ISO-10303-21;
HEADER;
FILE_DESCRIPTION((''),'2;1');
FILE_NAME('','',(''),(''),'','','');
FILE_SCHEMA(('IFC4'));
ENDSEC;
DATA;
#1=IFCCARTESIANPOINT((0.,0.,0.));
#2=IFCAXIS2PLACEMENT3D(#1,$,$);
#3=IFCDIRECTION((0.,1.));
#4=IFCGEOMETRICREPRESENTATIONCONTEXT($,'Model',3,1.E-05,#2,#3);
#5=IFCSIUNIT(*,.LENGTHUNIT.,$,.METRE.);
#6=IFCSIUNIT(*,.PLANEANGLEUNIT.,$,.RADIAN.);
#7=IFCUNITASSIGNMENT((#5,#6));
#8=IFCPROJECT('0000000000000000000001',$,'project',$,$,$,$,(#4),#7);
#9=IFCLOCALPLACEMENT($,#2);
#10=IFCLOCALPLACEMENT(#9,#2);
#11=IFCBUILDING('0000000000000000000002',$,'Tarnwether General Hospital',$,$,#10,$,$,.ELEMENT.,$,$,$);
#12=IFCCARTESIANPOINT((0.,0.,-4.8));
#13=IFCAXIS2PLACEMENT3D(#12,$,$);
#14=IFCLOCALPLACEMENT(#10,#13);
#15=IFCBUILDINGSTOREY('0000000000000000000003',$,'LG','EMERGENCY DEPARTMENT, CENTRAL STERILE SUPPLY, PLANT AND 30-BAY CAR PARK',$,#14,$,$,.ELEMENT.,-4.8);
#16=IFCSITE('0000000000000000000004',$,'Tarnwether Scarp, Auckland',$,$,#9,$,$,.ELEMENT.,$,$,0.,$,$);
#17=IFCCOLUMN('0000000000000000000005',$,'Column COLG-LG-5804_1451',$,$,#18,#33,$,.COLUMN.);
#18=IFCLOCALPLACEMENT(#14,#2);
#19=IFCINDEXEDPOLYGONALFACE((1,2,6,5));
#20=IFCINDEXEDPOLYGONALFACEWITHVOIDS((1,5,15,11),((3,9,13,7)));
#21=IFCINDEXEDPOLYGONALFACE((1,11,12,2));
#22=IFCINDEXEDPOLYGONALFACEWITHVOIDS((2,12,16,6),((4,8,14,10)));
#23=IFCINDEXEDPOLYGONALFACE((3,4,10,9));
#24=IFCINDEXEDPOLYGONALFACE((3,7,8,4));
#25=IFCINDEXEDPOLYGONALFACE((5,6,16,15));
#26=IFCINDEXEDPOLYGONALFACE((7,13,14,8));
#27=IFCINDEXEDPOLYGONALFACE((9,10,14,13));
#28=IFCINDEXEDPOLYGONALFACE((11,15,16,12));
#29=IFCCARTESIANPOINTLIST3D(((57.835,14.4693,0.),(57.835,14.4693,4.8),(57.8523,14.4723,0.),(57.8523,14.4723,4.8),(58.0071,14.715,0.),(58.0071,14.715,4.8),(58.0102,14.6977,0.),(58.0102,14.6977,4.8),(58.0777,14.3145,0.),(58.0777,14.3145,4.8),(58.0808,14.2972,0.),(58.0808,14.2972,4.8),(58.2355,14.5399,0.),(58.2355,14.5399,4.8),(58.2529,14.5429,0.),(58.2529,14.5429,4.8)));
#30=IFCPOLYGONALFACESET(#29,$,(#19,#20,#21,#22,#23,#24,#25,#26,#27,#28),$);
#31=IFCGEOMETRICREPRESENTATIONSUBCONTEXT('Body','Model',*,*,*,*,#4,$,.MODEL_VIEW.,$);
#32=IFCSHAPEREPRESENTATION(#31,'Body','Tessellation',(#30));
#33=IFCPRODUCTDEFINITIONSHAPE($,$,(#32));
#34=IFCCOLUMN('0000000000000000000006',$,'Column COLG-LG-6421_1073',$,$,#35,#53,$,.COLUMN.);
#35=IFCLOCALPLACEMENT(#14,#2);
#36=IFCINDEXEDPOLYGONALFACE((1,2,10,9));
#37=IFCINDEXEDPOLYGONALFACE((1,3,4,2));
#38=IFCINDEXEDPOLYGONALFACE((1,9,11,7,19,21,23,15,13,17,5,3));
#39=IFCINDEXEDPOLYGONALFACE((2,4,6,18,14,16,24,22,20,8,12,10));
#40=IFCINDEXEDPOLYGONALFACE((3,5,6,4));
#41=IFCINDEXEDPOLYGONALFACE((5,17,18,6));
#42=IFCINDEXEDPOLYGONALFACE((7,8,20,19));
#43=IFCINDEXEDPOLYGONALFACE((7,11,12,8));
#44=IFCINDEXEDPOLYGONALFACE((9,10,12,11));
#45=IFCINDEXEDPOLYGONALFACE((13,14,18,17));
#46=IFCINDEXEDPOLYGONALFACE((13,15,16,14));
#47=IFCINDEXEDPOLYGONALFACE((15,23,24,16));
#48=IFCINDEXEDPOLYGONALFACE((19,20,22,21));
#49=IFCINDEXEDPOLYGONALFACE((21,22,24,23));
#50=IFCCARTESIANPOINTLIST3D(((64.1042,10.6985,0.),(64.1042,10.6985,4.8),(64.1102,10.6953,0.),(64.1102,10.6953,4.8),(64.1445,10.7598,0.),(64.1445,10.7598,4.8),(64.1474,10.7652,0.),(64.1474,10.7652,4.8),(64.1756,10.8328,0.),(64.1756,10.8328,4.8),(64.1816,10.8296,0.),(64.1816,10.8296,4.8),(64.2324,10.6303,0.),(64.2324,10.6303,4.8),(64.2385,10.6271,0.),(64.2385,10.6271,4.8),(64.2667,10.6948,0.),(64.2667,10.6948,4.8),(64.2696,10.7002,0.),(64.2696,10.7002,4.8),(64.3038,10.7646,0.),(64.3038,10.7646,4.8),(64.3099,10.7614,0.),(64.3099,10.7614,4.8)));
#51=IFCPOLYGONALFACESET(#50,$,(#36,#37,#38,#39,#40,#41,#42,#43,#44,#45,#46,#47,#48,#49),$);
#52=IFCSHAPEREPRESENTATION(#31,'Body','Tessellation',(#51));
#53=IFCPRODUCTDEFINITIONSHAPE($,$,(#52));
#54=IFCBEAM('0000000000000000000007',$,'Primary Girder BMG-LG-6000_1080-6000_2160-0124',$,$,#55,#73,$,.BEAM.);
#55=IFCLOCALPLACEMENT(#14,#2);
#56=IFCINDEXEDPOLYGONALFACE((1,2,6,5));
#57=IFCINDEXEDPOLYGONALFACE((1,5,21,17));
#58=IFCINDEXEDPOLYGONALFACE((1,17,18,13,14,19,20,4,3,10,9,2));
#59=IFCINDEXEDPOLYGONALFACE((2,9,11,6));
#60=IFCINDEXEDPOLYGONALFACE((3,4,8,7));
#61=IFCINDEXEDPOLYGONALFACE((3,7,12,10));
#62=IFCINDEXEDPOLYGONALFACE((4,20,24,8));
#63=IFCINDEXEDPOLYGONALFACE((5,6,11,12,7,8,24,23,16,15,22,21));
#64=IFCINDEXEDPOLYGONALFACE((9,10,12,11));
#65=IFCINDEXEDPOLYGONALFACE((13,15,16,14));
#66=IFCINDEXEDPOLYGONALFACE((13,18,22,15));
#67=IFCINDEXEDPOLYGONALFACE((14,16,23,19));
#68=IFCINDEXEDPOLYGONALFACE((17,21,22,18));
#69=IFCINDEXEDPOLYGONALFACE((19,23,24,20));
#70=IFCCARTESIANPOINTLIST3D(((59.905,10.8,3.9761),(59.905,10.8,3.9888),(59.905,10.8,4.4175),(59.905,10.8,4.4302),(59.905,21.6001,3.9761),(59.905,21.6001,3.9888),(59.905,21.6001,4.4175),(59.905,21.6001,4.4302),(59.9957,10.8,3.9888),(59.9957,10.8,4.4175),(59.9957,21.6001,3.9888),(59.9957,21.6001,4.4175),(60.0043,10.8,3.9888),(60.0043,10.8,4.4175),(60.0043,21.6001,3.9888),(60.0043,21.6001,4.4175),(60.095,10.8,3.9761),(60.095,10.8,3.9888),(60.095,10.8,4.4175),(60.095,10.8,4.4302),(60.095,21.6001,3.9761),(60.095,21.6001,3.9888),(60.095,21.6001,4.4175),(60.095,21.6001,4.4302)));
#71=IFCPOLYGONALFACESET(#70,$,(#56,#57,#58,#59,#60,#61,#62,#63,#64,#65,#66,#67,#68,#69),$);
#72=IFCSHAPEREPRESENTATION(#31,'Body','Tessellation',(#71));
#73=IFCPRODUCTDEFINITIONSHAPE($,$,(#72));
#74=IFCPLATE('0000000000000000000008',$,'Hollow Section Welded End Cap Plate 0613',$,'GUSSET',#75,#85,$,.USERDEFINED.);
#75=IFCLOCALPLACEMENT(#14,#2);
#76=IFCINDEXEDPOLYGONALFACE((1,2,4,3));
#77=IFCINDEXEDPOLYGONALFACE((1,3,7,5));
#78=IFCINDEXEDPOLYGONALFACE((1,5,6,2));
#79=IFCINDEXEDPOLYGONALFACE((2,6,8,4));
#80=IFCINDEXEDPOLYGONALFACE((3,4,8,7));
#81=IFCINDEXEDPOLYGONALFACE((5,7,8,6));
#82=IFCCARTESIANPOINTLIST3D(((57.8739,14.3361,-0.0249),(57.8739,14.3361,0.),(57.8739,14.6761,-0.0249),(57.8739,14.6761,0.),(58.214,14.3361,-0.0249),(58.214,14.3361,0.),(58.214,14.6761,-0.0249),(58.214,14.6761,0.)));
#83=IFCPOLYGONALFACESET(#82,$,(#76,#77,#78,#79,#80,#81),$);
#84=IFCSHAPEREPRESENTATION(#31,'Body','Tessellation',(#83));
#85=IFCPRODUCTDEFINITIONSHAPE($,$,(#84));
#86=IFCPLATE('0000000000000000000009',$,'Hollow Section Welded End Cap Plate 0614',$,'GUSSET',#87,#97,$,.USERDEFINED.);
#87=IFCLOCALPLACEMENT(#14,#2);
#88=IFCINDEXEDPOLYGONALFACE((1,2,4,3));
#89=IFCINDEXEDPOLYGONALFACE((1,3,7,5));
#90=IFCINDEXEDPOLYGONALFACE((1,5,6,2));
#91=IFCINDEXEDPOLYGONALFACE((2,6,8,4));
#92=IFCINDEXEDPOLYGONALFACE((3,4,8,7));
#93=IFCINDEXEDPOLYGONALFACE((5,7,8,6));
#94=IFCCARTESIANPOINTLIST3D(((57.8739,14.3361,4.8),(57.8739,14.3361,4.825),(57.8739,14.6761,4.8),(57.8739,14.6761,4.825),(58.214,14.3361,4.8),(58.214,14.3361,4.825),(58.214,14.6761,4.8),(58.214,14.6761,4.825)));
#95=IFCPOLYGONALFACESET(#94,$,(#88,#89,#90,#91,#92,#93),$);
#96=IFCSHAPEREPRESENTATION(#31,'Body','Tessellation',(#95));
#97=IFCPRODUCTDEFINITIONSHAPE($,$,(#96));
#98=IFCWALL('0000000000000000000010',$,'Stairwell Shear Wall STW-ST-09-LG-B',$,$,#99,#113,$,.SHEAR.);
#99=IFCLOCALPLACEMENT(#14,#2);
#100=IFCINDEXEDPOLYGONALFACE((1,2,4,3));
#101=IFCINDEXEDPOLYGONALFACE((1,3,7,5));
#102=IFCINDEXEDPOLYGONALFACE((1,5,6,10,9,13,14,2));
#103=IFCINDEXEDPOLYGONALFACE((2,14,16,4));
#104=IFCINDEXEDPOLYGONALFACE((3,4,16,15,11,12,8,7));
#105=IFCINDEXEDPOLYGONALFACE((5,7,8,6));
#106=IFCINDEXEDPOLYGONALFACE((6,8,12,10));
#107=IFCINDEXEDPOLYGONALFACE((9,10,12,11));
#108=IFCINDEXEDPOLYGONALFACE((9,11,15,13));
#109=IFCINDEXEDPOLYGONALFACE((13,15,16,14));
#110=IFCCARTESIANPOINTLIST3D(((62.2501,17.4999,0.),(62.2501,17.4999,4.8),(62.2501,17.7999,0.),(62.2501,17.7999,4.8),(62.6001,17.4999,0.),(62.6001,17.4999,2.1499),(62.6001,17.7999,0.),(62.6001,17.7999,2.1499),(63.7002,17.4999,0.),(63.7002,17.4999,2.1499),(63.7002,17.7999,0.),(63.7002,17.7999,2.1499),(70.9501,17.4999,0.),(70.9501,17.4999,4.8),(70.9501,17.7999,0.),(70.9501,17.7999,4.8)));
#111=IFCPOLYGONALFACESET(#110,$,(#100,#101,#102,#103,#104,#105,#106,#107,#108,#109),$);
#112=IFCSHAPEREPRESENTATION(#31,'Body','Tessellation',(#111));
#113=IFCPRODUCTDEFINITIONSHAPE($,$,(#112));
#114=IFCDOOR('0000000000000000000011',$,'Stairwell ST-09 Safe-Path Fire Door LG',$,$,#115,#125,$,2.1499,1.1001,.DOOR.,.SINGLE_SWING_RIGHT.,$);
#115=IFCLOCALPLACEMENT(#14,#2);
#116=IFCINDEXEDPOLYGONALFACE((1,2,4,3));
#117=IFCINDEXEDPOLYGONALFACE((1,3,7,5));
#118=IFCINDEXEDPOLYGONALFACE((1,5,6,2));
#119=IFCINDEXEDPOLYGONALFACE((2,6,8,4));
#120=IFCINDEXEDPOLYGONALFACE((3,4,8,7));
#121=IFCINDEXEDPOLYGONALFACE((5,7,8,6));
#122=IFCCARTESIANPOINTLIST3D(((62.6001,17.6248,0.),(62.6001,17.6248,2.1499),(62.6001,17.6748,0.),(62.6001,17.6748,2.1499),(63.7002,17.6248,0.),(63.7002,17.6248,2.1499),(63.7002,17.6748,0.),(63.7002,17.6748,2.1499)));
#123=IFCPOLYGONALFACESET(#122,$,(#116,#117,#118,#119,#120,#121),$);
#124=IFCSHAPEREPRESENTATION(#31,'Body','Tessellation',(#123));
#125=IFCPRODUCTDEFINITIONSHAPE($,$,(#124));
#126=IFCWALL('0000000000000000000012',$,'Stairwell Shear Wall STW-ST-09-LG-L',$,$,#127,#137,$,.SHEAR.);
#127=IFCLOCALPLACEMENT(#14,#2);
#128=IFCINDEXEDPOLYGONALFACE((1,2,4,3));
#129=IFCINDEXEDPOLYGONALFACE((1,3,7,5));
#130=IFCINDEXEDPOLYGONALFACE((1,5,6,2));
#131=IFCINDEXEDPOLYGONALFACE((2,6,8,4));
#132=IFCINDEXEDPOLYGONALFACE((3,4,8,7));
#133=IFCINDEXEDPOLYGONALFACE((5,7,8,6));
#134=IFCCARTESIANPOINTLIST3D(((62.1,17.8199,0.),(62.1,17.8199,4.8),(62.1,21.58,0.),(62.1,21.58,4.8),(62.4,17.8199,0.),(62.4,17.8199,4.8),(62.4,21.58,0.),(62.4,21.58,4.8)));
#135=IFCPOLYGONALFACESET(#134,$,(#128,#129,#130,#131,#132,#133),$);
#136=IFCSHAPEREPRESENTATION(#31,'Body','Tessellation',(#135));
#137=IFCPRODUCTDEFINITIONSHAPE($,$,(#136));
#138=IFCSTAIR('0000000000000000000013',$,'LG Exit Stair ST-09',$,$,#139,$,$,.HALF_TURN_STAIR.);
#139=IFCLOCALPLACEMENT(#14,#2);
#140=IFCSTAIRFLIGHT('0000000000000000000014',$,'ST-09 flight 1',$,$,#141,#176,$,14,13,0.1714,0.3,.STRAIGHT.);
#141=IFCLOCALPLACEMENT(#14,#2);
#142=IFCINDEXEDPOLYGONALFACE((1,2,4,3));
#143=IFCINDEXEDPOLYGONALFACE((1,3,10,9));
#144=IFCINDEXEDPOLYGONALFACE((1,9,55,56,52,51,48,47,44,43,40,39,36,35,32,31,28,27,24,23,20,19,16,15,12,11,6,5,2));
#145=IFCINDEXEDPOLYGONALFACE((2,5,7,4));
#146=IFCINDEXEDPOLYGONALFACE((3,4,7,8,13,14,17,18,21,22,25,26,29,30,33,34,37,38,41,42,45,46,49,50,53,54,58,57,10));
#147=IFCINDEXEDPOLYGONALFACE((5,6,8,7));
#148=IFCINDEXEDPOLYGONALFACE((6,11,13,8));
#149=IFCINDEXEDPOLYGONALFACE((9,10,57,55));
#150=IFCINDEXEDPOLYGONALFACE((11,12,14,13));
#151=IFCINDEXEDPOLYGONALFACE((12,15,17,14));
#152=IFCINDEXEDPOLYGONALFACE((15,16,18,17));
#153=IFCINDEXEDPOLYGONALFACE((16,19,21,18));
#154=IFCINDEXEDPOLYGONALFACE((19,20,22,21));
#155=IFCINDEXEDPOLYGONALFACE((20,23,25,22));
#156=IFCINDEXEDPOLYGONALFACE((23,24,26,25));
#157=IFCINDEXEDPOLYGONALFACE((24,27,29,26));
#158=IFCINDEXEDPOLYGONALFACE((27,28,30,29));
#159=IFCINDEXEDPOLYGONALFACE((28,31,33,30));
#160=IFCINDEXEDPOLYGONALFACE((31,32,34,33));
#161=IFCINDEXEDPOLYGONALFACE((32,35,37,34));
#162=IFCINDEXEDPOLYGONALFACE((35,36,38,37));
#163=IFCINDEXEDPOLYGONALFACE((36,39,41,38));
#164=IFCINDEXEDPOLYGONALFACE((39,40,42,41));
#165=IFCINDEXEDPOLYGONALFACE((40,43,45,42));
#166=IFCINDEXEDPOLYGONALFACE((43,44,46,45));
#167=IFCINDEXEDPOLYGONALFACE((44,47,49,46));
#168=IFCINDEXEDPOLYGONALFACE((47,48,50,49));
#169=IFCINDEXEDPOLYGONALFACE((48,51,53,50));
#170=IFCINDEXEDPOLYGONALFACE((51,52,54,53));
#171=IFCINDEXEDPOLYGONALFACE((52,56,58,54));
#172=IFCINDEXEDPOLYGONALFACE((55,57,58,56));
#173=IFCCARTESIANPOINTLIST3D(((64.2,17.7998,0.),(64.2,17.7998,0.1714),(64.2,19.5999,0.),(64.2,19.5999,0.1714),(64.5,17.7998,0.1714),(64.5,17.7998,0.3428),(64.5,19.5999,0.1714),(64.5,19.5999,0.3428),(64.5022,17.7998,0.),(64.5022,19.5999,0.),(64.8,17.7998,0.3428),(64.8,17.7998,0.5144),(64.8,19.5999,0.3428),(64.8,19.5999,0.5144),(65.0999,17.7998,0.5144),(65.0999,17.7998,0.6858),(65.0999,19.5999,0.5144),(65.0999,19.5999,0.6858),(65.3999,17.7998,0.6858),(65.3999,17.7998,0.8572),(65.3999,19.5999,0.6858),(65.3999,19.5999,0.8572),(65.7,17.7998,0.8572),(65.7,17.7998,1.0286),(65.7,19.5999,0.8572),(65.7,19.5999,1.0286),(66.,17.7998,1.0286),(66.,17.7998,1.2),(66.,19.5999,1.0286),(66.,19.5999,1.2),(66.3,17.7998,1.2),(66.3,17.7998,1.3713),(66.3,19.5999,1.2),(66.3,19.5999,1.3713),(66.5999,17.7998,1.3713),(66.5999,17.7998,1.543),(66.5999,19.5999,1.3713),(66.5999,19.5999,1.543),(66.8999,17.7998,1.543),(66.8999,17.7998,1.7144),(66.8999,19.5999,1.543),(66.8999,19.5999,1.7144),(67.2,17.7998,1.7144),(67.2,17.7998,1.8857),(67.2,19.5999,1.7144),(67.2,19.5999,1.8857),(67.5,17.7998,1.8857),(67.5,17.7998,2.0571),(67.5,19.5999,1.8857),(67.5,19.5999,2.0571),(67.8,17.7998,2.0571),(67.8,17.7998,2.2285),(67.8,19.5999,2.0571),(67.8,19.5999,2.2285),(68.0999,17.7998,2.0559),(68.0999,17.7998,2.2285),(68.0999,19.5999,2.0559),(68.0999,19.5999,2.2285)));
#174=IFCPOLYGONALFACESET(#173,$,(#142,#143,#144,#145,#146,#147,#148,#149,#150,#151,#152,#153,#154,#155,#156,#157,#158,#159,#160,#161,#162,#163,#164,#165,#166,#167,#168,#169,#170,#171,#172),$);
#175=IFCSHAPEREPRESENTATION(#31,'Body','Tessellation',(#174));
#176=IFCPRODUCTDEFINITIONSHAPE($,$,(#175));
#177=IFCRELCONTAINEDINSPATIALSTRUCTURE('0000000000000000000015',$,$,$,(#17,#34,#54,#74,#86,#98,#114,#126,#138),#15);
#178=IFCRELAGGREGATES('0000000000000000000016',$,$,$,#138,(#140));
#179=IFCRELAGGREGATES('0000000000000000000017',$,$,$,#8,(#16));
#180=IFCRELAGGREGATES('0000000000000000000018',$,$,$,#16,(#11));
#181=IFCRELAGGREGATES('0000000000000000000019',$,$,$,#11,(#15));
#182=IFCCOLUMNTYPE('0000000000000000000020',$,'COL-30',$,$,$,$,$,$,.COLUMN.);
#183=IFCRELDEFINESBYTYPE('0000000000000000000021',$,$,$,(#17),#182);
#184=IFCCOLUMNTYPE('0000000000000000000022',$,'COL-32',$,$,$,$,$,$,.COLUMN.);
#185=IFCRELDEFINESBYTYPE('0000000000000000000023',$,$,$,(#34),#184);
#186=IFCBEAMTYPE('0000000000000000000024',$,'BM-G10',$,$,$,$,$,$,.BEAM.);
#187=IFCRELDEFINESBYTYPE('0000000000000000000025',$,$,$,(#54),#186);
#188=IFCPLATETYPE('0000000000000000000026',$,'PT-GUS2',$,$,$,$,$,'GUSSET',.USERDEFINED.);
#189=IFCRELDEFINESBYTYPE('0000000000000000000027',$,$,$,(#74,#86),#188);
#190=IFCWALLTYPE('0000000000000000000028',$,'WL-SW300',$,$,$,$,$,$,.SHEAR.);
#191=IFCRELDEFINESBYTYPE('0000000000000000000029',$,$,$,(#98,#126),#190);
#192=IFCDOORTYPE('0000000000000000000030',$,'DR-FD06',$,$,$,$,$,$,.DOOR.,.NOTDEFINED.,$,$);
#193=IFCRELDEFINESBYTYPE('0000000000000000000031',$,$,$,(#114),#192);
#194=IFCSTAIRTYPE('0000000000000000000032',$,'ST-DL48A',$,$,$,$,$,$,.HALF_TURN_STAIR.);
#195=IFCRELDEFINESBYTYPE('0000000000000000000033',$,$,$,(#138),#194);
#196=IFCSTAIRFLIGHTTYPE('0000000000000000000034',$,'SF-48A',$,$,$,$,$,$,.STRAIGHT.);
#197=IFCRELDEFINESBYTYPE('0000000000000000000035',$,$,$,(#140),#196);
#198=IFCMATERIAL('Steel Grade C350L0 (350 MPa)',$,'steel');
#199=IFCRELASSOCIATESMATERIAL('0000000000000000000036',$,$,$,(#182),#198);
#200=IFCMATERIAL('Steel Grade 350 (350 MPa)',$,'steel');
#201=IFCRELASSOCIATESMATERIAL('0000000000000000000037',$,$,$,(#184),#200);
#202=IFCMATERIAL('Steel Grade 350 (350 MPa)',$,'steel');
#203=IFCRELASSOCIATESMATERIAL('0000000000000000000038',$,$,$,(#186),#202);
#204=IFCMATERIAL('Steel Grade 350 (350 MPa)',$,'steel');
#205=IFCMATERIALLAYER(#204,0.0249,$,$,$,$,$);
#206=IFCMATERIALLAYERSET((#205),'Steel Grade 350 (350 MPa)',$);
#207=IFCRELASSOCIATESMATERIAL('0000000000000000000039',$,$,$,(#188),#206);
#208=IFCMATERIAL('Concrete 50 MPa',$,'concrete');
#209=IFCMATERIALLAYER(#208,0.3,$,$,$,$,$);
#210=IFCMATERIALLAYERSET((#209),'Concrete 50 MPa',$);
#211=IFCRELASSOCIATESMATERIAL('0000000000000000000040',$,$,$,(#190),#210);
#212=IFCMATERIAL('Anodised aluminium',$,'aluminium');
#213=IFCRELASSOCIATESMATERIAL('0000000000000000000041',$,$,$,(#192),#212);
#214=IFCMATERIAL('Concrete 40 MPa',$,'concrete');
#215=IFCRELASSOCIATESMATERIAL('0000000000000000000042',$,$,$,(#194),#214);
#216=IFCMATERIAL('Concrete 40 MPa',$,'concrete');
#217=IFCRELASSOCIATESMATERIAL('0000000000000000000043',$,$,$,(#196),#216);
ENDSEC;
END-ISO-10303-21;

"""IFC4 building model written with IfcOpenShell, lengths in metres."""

from ifc_helpers import new_model, si_unit, direction, frame, frame_2d, origin, origin_2d, place, context, subcontext, project, spatial, polyline, rectangle, hollow_rectangle, i_section, outline, extrude, material, layer, layer_set, material_profile, profile_set, type_object, element, fill, aggregate, save


model = new_model("IFC4")

# Units and contexts
model_context = context("Model", 3, precision=1e-05, world=origin(), true_north=direction((0.0, 1.0)))
body_context = subcontext(model_context, "Body", "Model", "MODEL_VIEW")
ifc_project = project(units=[si_unit("LENGTHUNIT", "METRE"), si_unit("PLANEANGLEUNIT", "RADIAN")], contexts=[model_context])

# Site, building, storey
site_placement = place(None, origin())
site = spatial("IfcSite", under=ifc_project, at=site_placement, Name="Tarnwether Scarp, Auckland", CompositionType="ELEMENT", RefElevation=0.0)
building_placement = place(site_placement, origin())
building = spatial("IfcBuilding", under=site, at=building_placement, Name="Tarnwether General Hospital", CompositionType="ELEMENT")
storey_placement = place(building_placement, frame((0.0, 0.0, -4.8)))
storey = spatial("IfcBuildingStorey", under=building, at=storey_placement, Name="LG", Description="EMERGENCY DEPARTMENT, CENTRAL STERILE SUPPLY, PLANT AND 30-BAY CAR PARK", CompositionType="ELEMENT", Elevation=-4.8)

# Columns
ifc_material_1 = material(Name="Steel Grade C350L0 (350 MPa)", Category="steel")
ifc_material_profile_1 = material_profile(ifc_material_1, hollow_rectangle(XDim=0.3, YDim=0.3, WallThickness=0.0125, at=origin_2d()), Name="SHS300x300x12.5")
ifc_profile_set_1 = profile_set([ifc_material_profile_1], Name="Steel Grade C350L0 (350 MPa)")
column_type_1 = type_object("IfcColumnType", Name="COL-30", PredefinedType="COLUMN", material=ifc_profile_set_1)
column_1_placement = place(storey_placement, frame((58.0439, 14.5061, 0.0), z_axis=(0.0, 0.0, 1.0), x_axis=(0.573576, 0.819152, 0.0)))
element("IfcColumn", 1, at=column_1_placement, inside=storey, type_object=column_type_1, Name="Column COLG-LG-5804_1451", PredefinedType="COLUMN", context=body_context, shape_type="SweptSolid", body=[
    extrude(hollow_rectangle(XDim=0.3, YDim=0.3, WallThickness=0.0125, at=origin_2d()), origin(), (0.0, 0.0, 1.0), 4.8),
])
ifc_material_2 = material(Name="Steel Grade 350 (350 MPa)", Category="steel")
ifc_material_profile_2 = material_profile(ifc_material_2, i_section(OverallWidth=0.1521, OverallDepth=0.1521, WebThickness=0.0061, FlangeThickness=0.0068, at=origin_2d()), Name="150UC23.4")
ifc_profile_set_2 = profile_set([ifc_material_profile_2], Name="Steel Grade 350 (350 MPa)")
column_type_2 = type_object("IfcColumnType", Name="COL-32", PredefinedType="COLUMN", material=ifc_profile_set_2)
column_2_placement = place(storey_placement, frame((64.207, 10.73, 0.0), z_axis=(0.0, 0.0, 1.0), x_axis=(0.469472, 0.882948, 0.0)))
element("IfcColumn", 2, at=column_2_placement, inside=storey, type_object=column_type_2, Name="Column COLG-LG-6421_1073", PredefinedType="COLUMN", context=body_context, shape_type="SweptSolid", body=[
    extrude(i_section(OverallWidth=0.1521, OverallDepth=0.1521, WebThickness=0.0061, FlangeThickness=0.0068, at=origin_2d()), origin(), (0.0, 0.0, 1.0), 4.8),
])

# Beam
ifc_material_3 = material(Name="Steel Grade 350 (350 MPa)", Category="steel")
ifc_material_profile_3 = material_profile(ifc_material_3, i_section(OverallWidth=0.1899, OverallDepth=0.4541, WebThickness=0.0085, FlangeThickness=0.0127, at=origin_2d()), Name="460UB67.1")
ifc_profile_set_3 = profile_set([ifc_material_profile_3], Name="Steel Grade 350 (350 MPa)")
beam_type = type_object("IfcBeamType", Name="BM-G10", PredefinedType="BEAM", material=ifc_profile_set_3)
beam_placement = place(storey_placement, frame((60.0, 10.8, 4.2031), z_axis=(0.0, 1.0, 0.0), x_axis=(-1.0, 0.0, 0.0)))
element("IfcBeam", 3, at=beam_placement, inside=storey, type_object=beam_type, Name="Primary Girder BMG-LG-6000_1080-6000_2160-0124", PredefinedType="BEAM", context=body_context, shape_type="SweptSolid", body=[
    extrude(i_section(OverallWidth=0.1899, OverallDepth=0.4541, WebThickness=0.0085, FlangeThickness=0.0127, at=origin_2d()), origin(), (0.0, 0.0, 1.0), 10.8),
])

# Plates
ifc_material_4 = material(Name="Steel Grade 350 (350 MPa)", Category="steel")
ifc_layer_1 = layer(ifc_material_4, 0.0249)
ifc_layer_set_1 = layer_set([ifc_layer_1], Name="Steel Grade 350 (350 MPa)")
plate_type = type_object("IfcPlateType", Name="PT-GUS2", ElementType="GUSSET", PredefinedType="USERDEFINED", material=ifc_layer_set_1)
for number, where, z_axis, x_axis, name in (
    (4, (58.0439, 14.5061, -0.0249), (0.0, 0.0, 1.0), (1.0, 0.0, 0.0), "Hollow Section Welded End Cap Plate 0613"),
    (5, (58.0439, 14.5061, 4.8), (0.0, 0.0, 1.0), (1.0, 0.0, 0.0), "Hollow Section Welded End Cap Plate 0614"),
):
    element("IfcPlate", number, at=place(storey_placement, frame(where, z_axis=z_axis, x_axis=x_axis)), inside=storey, type_object=plate_type, Name=name, ObjectType="GUSSET", PredefinedType="USERDEFINED", context=body_context, shape_type="SweptSolid", body=[
        extrude(rectangle(XDim=0.3401, YDim=0.3401, at=origin_2d()), origin(), (0.0, 0.0, 1.0), 0.0249),
    ])

# Wall, opening, door
ifc_material_5 = material(Name="Concrete 50 MPa", Category="concrete")
ifc_layer_2 = layer(ifc_material_5, 0.3)
ifc_layer_set_2 = layer_set([ifc_layer_2], Name="Concrete 50 MPa")
wall_type = type_object("IfcWallType", Name="WL-SW300", PredefinedType="SHEAR", material=ifc_layer_set_2)
wall_1_placement = place(storey_placement, frame((62.25, 17.6499, 0.0), z_axis=(0.0, 0.0, 1.0), x_axis=(1.0, 0.0, 0.0)))
wall_1 = element("IfcWall", 6, at=wall_1_placement, inside=storey, type_object=wall_type, Name="Stairwell Shear Wall STW-ST-09-LG-B", PredefinedType="SHEAR", context=body_context, shape_type="SweptSolid", body=[
    extrude(rectangle(XDim=8.7, YDim=0.3, at=frame_2d((4.3501, 0.0))), origin(), (0.0, 0.0, 1.0), 4.8),
])
opening_placement = place(wall_1_placement, frame((0.3501, 0.0, 0.0)))
opening = element("IfcOpeningElement", 7, at=opening_placement, cuts=wall_1, PredefinedType="OPENING", context=body_context, shape_type="SweptSolid", body=[
    extrude(rectangle(XDim=1.1001, YDim=2.1499, at=frame_2d((0.55, 1.075))), frame((0.0, 0.1602, 0.0), z_axis=(0.0, -1.0, 0.0), x_axis=(1.0, 0.0, 0.0)), (0.0, 0.0, 1.0), 0.3201),
])
ifc_material_6 = material(Name="Anodised aluminium", Category="aluminium")
door_type = type_object("IfcDoorType", Name="DR-FD06", OperationType="NOTDEFINED", PredefinedType="DOOR", material=ifc_material_6)
door_placement = place(opening_placement, origin())
door = element("IfcDoor", 8, at=door_placement, inside=storey, type_object=door_type, Name="Stairwell ST-09 Safe-Path Fire Door LG", OperationType="SINGLE_SWING_RIGHT", OverallHeight=2.1499, OverallWidth=1.1001, PredefinedType="DOOR", context=body_context, shape_type="SweptSolid", body=[
    extrude(rectangle(XDim=1.1001, YDim=2.1499, at=frame_2d((0.55, 1.075))), frame((0.0, 0.0249, 0.0), z_axis=(0.0, -1.0, 0.0), x_axis=(1.0, 0.0, 0.0)), (0.0, 0.0, 1.0), 0.05),
])
fill(opening, door)

# Wall
wall_2_placement = place(storey_placement, frame((62.25, 17.8201, 0.0), z_axis=(0.0, 0.0, 1.0), x_axis=(0.0, 1.0, 0.0)))
element("IfcWall", 9, at=wall_2_placement, inside=storey, type_object=wall_type, Name="Stairwell Shear Wall STW-ST-09-LG-L", PredefinedType="SHEAR", context=body_context, shape_type="SweptSolid", body=[
    extrude(rectangle(XDim=3.76, YDim=0.3, at=frame_2d((1.8799, 0.0))), origin(), (0.0, 0.0, 1.0), 4.8),
])

# Stair, stair flight
ifc_material_7 = material(Name="Concrete 40 MPa", Category="concrete")
stair_type = type_object("IfcStairType", Name="ST-DL48A", PredefinedType="HALF_TURN_STAIR", material=ifc_material_7)
stair_placement = place(storey_placement, origin())
stair = element("IfcStair", 10, at=stair_placement, inside=storey, type_object=stair_type, Name="LG Exit Stair ST-09", PredefinedType="HALF_TURN_STAIR")
ifc_material_8 = material(Name="Concrete 40 MPa", Category="concrete")
stair_flight_type = type_object("IfcStairFlightType", Name="SF-48A", PredefinedType="STRAIGHT", material=ifc_material_8)
stair_flight_placement = place(storey_placement, frame((64.2, 18.7, 0.0), z_axis=(0.0, 0.0, 1.0), x_axis=(1.0, 0.0, 0.0)))
stair_flight = element("IfcStairFlight", 11, at=stair_flight_placement, type_object=stair_flight_type, Name="ST-09 flight 1", NumberOfRisers=14, NumberOfTreads=13, PredefinedType="STRAIGHT", RiserHeight=0.1714, TreadLength=0.3, context=body_context, shape_type="SweptSolid", body=[
    extrude(outline(polyline([(0.0, 0.0), (0.0, 0.1714), (0.3, 0.1714), (0.3, 0.3428), (0.6001, 0.3428), (0.6001, 0.5144), (0.8999, 0.5144), (0.8999, 0.6858), (1.2, 0.6858), (1.2, 0.8572), (1.5, 0.8572), (1.5, 1.0286), (1.8, 1.0286), (1.8, 1.2), (2.1001, 1.2), (2.1001, 1.3713), (2.3999, 1.3713), (2.3999, 1.543), (2.7, 1.543), (2.7, 1.7144), (3.0, 1.7144), (3.0, 1.8857), (3.3, 1.8857), (3.3, 2.0571), (3.6001, 2.0571), (3.6001, 2.2285), (3.8999, 2.2285), (3.8999, 2.3999), (3.8999, 2.0559), (0.3022, 0.0), (0.0, 0.0)])), frame((0.0, 0.8999, 0.0), z_axis=(0.0, -1.0, 0.0), x_axis=(1.0, 0.0, 0.0)), (0.0, 0.0, 1.0), 1.8),
])
aggregate(stair, [stair_flight])

save(model, "model.ifc")
